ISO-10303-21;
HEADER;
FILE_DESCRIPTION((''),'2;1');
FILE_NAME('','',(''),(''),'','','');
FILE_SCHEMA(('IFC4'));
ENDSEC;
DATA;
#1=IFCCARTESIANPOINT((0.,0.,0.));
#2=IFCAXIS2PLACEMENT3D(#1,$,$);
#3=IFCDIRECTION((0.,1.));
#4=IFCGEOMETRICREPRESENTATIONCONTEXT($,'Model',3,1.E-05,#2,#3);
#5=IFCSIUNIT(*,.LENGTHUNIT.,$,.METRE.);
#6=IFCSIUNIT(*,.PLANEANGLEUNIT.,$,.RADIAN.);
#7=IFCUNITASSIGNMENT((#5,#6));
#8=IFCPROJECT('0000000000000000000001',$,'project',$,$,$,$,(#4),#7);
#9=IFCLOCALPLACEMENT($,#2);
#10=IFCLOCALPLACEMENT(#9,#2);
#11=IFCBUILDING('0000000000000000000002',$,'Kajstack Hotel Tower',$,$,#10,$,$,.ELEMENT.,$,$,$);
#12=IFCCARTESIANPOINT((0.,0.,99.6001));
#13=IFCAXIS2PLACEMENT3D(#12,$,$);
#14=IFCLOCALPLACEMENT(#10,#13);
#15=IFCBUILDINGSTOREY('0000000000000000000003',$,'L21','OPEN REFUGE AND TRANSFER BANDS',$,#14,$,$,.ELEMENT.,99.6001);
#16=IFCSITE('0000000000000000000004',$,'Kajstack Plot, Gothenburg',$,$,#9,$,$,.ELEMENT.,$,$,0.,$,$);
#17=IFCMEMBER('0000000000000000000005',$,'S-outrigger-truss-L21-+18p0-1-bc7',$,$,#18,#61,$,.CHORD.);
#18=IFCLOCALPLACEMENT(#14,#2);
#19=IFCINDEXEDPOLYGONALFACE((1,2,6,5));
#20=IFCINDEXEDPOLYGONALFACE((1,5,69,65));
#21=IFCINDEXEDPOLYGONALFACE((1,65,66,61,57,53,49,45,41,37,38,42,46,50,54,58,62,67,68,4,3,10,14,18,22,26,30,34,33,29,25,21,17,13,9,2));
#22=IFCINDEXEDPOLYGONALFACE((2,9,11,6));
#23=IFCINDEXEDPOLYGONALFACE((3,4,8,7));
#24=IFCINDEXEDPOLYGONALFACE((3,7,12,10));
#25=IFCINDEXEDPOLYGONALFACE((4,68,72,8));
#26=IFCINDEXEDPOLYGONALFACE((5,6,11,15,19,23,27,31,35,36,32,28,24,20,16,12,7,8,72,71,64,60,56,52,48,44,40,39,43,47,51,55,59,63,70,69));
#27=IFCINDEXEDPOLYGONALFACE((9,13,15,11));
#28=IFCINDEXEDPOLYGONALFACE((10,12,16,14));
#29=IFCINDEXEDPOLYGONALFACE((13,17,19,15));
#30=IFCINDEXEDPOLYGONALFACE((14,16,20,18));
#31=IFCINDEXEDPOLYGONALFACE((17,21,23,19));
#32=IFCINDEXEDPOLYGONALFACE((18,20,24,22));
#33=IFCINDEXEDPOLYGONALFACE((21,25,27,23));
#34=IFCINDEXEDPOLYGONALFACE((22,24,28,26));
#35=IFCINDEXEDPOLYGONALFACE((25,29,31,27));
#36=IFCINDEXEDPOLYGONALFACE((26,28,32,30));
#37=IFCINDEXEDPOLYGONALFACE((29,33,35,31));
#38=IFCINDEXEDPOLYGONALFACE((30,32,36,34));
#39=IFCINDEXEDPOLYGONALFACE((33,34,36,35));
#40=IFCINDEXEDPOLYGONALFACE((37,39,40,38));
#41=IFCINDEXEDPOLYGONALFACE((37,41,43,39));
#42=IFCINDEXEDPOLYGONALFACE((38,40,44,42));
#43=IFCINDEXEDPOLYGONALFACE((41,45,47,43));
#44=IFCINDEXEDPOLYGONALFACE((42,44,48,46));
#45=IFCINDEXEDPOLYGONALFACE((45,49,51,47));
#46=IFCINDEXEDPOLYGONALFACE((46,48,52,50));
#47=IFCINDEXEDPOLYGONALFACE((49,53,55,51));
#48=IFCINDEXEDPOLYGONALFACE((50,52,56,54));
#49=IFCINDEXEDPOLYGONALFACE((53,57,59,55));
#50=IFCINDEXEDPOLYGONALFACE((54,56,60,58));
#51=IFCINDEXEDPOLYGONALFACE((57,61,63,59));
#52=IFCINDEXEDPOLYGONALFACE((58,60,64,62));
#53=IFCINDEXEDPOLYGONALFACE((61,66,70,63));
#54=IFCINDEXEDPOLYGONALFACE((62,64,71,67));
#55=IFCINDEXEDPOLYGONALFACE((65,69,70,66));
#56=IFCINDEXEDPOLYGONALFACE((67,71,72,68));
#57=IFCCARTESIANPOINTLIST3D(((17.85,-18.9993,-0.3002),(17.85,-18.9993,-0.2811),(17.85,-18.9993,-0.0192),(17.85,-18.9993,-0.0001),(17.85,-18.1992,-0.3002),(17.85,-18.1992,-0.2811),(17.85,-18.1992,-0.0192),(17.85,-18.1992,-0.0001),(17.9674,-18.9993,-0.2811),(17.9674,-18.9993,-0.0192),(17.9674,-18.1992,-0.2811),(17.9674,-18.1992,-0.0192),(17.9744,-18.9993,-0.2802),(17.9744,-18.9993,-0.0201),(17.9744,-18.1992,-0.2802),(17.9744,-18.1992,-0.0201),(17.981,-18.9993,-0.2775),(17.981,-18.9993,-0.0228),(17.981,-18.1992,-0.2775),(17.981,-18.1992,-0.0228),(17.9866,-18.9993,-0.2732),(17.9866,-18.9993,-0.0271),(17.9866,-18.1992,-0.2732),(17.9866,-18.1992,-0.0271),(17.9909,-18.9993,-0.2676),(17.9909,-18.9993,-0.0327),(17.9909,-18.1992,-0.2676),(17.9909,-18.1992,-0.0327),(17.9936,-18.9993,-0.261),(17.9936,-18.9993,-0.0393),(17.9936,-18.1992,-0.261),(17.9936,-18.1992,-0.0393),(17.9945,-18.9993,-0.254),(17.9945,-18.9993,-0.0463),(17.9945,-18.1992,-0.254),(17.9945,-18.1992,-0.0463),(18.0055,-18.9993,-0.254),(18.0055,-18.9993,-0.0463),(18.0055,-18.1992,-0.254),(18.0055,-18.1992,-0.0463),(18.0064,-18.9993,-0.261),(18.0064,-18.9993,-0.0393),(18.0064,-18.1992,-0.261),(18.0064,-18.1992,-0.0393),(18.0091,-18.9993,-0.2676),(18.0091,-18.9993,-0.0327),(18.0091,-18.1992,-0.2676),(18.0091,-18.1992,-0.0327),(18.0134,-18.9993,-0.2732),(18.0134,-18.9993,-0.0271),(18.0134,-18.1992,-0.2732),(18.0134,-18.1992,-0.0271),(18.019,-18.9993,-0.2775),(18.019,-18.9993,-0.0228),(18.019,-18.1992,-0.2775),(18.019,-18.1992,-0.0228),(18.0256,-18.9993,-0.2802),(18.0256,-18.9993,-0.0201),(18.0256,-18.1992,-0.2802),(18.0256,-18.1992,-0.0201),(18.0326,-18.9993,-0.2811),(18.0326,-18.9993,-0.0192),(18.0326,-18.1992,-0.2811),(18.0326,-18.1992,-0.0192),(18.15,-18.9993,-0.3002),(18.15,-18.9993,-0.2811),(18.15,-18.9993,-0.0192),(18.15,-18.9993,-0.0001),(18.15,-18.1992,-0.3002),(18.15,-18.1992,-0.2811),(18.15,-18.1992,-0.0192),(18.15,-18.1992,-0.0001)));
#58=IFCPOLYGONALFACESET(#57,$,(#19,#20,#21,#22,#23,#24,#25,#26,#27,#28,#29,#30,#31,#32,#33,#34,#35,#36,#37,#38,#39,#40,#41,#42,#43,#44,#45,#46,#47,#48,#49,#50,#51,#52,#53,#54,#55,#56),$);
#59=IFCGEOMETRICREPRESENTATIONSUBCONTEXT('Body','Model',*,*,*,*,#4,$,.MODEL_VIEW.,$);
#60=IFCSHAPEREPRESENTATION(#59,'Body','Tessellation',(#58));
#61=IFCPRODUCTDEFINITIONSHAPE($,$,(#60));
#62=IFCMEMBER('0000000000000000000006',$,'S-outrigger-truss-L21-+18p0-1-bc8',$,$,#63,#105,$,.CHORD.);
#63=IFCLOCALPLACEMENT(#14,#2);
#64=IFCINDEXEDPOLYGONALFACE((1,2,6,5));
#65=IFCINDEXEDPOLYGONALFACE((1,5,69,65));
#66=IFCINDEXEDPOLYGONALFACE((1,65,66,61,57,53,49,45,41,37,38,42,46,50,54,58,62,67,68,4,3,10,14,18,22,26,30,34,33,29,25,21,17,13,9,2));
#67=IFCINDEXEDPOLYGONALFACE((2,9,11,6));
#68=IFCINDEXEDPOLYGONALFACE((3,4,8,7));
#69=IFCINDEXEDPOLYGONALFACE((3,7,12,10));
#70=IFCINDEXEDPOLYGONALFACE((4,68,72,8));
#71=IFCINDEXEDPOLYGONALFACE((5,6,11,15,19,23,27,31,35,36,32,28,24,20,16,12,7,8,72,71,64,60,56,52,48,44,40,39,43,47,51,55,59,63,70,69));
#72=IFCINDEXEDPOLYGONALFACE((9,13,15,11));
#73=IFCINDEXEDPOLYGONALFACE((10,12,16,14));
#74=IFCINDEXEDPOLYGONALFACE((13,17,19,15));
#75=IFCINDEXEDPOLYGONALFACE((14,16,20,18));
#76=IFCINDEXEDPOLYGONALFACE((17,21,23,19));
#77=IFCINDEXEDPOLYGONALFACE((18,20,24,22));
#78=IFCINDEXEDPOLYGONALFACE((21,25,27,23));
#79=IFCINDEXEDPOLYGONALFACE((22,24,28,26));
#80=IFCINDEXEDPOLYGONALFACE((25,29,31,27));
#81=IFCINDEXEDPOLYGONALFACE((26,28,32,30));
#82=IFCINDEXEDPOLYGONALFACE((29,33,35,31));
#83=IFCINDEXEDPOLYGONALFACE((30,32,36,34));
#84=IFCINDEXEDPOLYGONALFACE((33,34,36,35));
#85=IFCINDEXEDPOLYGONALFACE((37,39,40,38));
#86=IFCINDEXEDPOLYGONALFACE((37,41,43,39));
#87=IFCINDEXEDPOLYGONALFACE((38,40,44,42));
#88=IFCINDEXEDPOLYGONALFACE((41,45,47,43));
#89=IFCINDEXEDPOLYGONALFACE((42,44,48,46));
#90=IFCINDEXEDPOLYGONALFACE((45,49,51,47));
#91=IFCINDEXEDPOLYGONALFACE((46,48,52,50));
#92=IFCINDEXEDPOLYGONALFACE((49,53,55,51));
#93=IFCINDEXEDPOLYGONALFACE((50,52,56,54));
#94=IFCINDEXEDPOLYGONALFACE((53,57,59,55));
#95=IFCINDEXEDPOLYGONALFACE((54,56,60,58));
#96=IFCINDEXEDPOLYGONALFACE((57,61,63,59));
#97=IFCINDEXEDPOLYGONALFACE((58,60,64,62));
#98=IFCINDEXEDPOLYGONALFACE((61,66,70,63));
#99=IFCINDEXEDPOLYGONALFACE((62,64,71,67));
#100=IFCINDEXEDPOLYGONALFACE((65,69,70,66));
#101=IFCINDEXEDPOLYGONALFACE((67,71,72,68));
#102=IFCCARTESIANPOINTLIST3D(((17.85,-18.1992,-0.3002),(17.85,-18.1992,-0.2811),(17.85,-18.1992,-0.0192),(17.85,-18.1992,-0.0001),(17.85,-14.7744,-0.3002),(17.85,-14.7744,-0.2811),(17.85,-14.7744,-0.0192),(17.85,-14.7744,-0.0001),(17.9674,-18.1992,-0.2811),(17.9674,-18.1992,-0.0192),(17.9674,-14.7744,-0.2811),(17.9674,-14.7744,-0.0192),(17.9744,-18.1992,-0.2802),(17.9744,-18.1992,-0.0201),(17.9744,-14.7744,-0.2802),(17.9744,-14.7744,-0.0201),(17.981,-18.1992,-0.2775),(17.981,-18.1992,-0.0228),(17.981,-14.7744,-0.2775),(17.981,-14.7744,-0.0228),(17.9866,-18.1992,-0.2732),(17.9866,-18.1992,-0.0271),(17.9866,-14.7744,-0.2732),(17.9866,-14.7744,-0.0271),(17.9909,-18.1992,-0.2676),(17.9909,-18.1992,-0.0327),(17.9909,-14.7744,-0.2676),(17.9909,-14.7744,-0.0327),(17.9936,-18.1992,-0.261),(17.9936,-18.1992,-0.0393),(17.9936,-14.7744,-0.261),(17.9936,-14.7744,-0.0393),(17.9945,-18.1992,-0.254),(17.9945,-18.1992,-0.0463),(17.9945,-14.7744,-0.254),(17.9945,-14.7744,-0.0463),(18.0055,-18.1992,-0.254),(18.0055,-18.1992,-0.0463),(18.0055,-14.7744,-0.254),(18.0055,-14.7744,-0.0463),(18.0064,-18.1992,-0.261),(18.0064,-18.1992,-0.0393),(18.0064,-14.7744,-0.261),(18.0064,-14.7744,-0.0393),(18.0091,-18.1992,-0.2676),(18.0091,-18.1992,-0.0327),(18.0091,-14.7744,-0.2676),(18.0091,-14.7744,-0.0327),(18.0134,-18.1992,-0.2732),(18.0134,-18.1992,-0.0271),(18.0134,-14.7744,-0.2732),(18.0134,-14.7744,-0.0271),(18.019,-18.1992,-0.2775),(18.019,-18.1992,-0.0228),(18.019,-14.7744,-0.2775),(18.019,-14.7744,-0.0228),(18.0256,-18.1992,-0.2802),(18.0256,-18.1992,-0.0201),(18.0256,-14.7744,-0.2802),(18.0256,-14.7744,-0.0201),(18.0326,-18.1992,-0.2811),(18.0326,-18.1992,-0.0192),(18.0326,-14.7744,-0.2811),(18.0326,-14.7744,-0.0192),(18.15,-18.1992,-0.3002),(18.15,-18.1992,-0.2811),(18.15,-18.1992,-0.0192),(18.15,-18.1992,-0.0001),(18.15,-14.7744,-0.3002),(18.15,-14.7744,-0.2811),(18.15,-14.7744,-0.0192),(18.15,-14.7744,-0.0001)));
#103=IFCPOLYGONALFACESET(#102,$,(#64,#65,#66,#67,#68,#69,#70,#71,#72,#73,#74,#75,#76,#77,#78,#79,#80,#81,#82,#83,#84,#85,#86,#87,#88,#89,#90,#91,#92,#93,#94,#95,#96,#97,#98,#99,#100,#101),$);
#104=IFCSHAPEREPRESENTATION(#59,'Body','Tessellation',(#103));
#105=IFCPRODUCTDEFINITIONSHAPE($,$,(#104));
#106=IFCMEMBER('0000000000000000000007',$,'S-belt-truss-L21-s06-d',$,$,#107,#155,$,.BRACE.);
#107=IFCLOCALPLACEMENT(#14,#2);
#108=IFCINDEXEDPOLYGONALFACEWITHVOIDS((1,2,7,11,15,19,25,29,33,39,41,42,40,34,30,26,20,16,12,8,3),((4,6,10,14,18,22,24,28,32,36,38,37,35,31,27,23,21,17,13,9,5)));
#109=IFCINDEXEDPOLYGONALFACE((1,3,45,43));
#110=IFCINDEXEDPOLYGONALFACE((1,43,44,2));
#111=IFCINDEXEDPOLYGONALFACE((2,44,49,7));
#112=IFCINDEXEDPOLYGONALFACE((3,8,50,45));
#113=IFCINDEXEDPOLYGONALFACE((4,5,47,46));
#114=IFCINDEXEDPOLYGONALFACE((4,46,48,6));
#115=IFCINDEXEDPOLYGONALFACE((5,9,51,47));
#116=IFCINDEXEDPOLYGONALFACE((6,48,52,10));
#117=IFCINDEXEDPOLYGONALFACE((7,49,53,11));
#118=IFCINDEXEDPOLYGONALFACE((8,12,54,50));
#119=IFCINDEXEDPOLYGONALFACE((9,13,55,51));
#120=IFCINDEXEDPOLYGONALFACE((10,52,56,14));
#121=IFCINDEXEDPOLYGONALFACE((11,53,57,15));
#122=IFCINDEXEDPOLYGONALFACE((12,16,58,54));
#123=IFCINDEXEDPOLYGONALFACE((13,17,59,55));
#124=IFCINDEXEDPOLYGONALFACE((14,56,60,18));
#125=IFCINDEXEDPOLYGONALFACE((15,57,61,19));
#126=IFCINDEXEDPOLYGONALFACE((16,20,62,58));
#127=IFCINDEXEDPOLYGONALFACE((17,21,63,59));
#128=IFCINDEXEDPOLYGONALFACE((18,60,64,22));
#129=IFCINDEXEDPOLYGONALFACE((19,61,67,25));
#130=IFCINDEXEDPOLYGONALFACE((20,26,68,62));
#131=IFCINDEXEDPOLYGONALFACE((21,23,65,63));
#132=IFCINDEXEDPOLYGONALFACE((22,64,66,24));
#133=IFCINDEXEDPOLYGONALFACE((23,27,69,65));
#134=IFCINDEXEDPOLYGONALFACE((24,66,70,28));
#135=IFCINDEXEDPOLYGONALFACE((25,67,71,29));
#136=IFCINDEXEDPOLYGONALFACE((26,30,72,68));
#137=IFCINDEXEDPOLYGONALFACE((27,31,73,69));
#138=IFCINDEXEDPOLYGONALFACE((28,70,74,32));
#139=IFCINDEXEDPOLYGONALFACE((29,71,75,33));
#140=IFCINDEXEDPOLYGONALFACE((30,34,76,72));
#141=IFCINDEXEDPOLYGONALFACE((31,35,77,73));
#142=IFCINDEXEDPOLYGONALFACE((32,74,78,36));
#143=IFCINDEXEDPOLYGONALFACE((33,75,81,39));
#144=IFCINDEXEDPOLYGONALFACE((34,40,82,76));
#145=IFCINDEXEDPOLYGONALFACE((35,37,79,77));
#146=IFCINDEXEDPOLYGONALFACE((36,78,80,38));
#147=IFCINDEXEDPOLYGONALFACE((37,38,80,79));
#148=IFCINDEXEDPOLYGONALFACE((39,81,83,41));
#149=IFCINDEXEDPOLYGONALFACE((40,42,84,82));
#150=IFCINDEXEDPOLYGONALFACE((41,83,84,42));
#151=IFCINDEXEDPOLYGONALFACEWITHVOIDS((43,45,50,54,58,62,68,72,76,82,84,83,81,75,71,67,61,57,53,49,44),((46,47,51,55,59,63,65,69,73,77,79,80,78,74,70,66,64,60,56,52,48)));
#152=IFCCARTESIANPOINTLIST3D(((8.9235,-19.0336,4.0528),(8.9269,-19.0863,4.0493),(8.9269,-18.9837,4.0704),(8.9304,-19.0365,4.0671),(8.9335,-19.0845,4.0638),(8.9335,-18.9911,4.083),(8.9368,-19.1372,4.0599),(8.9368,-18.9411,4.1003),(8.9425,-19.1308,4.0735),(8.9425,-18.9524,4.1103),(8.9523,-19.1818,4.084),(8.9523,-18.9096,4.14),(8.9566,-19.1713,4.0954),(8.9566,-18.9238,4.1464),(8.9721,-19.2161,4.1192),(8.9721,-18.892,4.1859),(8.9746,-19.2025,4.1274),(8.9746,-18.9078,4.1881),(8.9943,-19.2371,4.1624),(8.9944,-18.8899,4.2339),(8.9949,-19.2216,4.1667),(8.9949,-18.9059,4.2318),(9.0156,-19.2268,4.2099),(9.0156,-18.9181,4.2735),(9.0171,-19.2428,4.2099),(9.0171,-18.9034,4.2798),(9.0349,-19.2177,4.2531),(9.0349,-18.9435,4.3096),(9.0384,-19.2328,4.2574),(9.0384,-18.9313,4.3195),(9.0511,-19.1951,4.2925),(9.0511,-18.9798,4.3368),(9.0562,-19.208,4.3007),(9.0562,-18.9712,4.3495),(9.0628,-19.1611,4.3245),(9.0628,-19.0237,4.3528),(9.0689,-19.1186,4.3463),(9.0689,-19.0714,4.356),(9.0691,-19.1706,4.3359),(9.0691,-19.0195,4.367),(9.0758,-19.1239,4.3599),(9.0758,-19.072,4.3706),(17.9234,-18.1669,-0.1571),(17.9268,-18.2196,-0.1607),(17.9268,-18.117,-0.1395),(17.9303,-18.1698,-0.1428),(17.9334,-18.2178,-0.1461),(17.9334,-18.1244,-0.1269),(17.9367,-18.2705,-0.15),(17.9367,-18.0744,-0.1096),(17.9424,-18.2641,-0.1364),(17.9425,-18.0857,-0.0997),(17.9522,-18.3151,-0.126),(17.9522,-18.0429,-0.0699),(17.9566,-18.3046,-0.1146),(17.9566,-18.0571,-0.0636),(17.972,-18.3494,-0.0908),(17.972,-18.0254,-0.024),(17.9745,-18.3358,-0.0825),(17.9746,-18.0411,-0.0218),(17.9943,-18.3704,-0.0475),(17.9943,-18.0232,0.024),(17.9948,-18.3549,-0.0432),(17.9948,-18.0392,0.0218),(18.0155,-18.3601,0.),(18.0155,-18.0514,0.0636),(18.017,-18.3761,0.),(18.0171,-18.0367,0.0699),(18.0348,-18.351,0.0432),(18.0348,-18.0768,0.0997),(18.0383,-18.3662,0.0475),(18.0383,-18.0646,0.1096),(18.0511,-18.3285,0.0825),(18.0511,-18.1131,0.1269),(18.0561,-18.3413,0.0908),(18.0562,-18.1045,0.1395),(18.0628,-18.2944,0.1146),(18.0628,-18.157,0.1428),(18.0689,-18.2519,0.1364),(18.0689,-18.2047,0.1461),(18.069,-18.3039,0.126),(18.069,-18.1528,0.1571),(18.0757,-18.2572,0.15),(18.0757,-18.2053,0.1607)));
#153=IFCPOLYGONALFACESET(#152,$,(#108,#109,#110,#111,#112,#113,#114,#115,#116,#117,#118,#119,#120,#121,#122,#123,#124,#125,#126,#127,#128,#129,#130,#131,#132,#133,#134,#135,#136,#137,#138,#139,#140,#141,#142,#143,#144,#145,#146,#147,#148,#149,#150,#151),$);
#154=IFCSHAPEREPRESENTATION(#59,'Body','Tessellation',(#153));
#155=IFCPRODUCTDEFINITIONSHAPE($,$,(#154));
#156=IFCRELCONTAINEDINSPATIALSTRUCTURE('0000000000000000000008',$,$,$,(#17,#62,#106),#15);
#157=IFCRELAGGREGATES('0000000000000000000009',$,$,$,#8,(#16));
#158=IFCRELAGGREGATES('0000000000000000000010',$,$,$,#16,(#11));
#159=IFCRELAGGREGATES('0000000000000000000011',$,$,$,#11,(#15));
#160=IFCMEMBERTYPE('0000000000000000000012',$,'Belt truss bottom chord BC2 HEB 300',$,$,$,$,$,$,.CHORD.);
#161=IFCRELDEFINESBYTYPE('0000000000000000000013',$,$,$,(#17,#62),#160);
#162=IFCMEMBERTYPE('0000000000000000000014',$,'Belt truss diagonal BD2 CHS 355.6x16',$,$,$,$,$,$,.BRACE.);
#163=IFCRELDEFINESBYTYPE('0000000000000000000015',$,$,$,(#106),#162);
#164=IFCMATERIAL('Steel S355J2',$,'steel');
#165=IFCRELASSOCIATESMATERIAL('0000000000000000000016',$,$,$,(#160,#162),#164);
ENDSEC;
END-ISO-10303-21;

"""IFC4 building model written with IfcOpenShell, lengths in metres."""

from ifc_helpers import new_model, si_unit, direction, frame, origin, origin_2d, place, context, subcontext, project, spatial, hollow_circle, i_section, extrude, material, material_profile, profile_set, type_object, element, save


model = new_model("IFC4")

# Units and contexts
model_context = context("Model", 3, precision=1e-05, world=origin(), true_north=direction((0.0, 1.0)))
body_context = subcontext(model_context, "Body", "Model", "MODEL_VIEW")
ifc_project = project(units=[si_unit("LENGTHUNIT", "METRE"), si_unit("PLANEANGLEUNIT", "RADIAN")], contexts=[model_context])

# Site, building, storey
site_placement = place(None, origin())
site = spatial("IfcSite", under=ifc_project, at=site_placement, Name="Kajstack Plot, Gothenburg", CompositionType="ELEMENT", RefElevation=0.0)
building_placement = place(site_placement, origin())
building = spatial("IfcBuilding", under=site, at=building_placement, Name="Kajstack Hotel Tower", CompositionType="ELEMENT")
storey_placement = place(building_placement, frame((0.0, 0.0, 99.6001)))
storey = spatial("IfcBuildingStorey", under=building, at=storey_placement, Name="L21", Description="OPEN REFUGE AND TRANSFER BANDS", CompositionType="ELEMENT", Elevation=99.6001)

# Members
ifc_material_1 = material(Name="Steel S355J2", Category="steel")
ifc_material_profile_1 = material_profile(ifc_material_1, i_section(OverallWidth=0.3, OverallDepth=0.3, WebThickness=0.011, FlangeThickness=0.019, FilletRadius=0.0271, at=origin_2d()), Name="HEB 300")
ifc_profile_set_1 = profile_set([ifc_material_profile_1], Name="Steel S355J2")
member_type_1 = type_object("IfcMemberType", Name="Belt truss bottom chord BC2 HEB 300", PredefinedType="CHORD", material=ifc_profile_set_1)
member_1_placement = place(storey_placement, frame((18.0, -18.9993, -0.1501), z_axis=(0.0, 1.0, 0.0), x_axis=(-1.0, 0.0, 0.0)))
element("IfcMember", 1, at=member_1_placement, inside=storey, type_object=member_type_1, Name="S-outrigger-truss-L21-+18p0-1-bc7", PredefinedType="CHORD", context=body_context, shape_type="SweptSolid", body=[
    extrude(i_section(OverallWidth=0.3, OverallDepth=0.3, WebThickness=0.011, FlangeThickness=0.019, FilletRadius=0.0271, at=origin_2d()), origin(), (0.0, 0.0, 1.0), 0.8),
])
member_2_placement = place(storey_placement, frame((18.0, -18.1992, -0.1501), z_axis=(0.0, 1.0, 0.0), x_axis=(-1.0, 0.0, 0.0)))
element("IfcMember", 2, at=member_2_placement, inside=storey, type_object=member_type_1, Name="S-outrigger-truss-L21-+18p0-1-bc8", PredefinedType="CHORD", context=body_context, shape_type="SweptSolid", body=[
    extrude(i_section(OverallWidth=0.3, OverallDepth=0.3, WebThickness=0.011, FlangeThickness=0.019, FilletRadius=0.0271, at=origin_2d()), origin(), (0.0, 0.0, 1.0), 3.4248),
])
ifc_material_profile_2 = material_profile(ifc_material_1, hollow_circle(Radius=0.1777, WallThickness=0.0161, at=origin_2d()), Name="CHS 355.6x16")
ifc_profile_set_2 = profile_set([ifc_material_profile_2], Name="Steel S355J2")
member_type_2 = type_object("IfcMemberType", Name="Belt truss diagonal BD2 CHS 355.6x16", PredefinedType="BRACE", material=ifc_profile_set_2)
for number, where, z_axis, x_axis, name in (
    (3, (18.0, -18.1992, 0.0), (-0.902372, -0.086898, 0.422106), (0.095856, -0.995395, 0.0), "S-belt-truss-L21-s06-d"),
):
    element("IfcMember", number, at=place(storey_placement, frame(where, z_axis=z_axis, x_axis=x_axis)), inside=storey, type_object=member_type_2, Name=name, PredefinedType="BRACE", context=body_context, shape_type="SweptSolid", body=[
        extrude(hollow_circle(Radius=0.1777, WallThickness=0.0161, at=origin_2d()), origin(), (0.0, 0.0, 1.0), 9.9736),
    ])

save(model, "model.ifc")
